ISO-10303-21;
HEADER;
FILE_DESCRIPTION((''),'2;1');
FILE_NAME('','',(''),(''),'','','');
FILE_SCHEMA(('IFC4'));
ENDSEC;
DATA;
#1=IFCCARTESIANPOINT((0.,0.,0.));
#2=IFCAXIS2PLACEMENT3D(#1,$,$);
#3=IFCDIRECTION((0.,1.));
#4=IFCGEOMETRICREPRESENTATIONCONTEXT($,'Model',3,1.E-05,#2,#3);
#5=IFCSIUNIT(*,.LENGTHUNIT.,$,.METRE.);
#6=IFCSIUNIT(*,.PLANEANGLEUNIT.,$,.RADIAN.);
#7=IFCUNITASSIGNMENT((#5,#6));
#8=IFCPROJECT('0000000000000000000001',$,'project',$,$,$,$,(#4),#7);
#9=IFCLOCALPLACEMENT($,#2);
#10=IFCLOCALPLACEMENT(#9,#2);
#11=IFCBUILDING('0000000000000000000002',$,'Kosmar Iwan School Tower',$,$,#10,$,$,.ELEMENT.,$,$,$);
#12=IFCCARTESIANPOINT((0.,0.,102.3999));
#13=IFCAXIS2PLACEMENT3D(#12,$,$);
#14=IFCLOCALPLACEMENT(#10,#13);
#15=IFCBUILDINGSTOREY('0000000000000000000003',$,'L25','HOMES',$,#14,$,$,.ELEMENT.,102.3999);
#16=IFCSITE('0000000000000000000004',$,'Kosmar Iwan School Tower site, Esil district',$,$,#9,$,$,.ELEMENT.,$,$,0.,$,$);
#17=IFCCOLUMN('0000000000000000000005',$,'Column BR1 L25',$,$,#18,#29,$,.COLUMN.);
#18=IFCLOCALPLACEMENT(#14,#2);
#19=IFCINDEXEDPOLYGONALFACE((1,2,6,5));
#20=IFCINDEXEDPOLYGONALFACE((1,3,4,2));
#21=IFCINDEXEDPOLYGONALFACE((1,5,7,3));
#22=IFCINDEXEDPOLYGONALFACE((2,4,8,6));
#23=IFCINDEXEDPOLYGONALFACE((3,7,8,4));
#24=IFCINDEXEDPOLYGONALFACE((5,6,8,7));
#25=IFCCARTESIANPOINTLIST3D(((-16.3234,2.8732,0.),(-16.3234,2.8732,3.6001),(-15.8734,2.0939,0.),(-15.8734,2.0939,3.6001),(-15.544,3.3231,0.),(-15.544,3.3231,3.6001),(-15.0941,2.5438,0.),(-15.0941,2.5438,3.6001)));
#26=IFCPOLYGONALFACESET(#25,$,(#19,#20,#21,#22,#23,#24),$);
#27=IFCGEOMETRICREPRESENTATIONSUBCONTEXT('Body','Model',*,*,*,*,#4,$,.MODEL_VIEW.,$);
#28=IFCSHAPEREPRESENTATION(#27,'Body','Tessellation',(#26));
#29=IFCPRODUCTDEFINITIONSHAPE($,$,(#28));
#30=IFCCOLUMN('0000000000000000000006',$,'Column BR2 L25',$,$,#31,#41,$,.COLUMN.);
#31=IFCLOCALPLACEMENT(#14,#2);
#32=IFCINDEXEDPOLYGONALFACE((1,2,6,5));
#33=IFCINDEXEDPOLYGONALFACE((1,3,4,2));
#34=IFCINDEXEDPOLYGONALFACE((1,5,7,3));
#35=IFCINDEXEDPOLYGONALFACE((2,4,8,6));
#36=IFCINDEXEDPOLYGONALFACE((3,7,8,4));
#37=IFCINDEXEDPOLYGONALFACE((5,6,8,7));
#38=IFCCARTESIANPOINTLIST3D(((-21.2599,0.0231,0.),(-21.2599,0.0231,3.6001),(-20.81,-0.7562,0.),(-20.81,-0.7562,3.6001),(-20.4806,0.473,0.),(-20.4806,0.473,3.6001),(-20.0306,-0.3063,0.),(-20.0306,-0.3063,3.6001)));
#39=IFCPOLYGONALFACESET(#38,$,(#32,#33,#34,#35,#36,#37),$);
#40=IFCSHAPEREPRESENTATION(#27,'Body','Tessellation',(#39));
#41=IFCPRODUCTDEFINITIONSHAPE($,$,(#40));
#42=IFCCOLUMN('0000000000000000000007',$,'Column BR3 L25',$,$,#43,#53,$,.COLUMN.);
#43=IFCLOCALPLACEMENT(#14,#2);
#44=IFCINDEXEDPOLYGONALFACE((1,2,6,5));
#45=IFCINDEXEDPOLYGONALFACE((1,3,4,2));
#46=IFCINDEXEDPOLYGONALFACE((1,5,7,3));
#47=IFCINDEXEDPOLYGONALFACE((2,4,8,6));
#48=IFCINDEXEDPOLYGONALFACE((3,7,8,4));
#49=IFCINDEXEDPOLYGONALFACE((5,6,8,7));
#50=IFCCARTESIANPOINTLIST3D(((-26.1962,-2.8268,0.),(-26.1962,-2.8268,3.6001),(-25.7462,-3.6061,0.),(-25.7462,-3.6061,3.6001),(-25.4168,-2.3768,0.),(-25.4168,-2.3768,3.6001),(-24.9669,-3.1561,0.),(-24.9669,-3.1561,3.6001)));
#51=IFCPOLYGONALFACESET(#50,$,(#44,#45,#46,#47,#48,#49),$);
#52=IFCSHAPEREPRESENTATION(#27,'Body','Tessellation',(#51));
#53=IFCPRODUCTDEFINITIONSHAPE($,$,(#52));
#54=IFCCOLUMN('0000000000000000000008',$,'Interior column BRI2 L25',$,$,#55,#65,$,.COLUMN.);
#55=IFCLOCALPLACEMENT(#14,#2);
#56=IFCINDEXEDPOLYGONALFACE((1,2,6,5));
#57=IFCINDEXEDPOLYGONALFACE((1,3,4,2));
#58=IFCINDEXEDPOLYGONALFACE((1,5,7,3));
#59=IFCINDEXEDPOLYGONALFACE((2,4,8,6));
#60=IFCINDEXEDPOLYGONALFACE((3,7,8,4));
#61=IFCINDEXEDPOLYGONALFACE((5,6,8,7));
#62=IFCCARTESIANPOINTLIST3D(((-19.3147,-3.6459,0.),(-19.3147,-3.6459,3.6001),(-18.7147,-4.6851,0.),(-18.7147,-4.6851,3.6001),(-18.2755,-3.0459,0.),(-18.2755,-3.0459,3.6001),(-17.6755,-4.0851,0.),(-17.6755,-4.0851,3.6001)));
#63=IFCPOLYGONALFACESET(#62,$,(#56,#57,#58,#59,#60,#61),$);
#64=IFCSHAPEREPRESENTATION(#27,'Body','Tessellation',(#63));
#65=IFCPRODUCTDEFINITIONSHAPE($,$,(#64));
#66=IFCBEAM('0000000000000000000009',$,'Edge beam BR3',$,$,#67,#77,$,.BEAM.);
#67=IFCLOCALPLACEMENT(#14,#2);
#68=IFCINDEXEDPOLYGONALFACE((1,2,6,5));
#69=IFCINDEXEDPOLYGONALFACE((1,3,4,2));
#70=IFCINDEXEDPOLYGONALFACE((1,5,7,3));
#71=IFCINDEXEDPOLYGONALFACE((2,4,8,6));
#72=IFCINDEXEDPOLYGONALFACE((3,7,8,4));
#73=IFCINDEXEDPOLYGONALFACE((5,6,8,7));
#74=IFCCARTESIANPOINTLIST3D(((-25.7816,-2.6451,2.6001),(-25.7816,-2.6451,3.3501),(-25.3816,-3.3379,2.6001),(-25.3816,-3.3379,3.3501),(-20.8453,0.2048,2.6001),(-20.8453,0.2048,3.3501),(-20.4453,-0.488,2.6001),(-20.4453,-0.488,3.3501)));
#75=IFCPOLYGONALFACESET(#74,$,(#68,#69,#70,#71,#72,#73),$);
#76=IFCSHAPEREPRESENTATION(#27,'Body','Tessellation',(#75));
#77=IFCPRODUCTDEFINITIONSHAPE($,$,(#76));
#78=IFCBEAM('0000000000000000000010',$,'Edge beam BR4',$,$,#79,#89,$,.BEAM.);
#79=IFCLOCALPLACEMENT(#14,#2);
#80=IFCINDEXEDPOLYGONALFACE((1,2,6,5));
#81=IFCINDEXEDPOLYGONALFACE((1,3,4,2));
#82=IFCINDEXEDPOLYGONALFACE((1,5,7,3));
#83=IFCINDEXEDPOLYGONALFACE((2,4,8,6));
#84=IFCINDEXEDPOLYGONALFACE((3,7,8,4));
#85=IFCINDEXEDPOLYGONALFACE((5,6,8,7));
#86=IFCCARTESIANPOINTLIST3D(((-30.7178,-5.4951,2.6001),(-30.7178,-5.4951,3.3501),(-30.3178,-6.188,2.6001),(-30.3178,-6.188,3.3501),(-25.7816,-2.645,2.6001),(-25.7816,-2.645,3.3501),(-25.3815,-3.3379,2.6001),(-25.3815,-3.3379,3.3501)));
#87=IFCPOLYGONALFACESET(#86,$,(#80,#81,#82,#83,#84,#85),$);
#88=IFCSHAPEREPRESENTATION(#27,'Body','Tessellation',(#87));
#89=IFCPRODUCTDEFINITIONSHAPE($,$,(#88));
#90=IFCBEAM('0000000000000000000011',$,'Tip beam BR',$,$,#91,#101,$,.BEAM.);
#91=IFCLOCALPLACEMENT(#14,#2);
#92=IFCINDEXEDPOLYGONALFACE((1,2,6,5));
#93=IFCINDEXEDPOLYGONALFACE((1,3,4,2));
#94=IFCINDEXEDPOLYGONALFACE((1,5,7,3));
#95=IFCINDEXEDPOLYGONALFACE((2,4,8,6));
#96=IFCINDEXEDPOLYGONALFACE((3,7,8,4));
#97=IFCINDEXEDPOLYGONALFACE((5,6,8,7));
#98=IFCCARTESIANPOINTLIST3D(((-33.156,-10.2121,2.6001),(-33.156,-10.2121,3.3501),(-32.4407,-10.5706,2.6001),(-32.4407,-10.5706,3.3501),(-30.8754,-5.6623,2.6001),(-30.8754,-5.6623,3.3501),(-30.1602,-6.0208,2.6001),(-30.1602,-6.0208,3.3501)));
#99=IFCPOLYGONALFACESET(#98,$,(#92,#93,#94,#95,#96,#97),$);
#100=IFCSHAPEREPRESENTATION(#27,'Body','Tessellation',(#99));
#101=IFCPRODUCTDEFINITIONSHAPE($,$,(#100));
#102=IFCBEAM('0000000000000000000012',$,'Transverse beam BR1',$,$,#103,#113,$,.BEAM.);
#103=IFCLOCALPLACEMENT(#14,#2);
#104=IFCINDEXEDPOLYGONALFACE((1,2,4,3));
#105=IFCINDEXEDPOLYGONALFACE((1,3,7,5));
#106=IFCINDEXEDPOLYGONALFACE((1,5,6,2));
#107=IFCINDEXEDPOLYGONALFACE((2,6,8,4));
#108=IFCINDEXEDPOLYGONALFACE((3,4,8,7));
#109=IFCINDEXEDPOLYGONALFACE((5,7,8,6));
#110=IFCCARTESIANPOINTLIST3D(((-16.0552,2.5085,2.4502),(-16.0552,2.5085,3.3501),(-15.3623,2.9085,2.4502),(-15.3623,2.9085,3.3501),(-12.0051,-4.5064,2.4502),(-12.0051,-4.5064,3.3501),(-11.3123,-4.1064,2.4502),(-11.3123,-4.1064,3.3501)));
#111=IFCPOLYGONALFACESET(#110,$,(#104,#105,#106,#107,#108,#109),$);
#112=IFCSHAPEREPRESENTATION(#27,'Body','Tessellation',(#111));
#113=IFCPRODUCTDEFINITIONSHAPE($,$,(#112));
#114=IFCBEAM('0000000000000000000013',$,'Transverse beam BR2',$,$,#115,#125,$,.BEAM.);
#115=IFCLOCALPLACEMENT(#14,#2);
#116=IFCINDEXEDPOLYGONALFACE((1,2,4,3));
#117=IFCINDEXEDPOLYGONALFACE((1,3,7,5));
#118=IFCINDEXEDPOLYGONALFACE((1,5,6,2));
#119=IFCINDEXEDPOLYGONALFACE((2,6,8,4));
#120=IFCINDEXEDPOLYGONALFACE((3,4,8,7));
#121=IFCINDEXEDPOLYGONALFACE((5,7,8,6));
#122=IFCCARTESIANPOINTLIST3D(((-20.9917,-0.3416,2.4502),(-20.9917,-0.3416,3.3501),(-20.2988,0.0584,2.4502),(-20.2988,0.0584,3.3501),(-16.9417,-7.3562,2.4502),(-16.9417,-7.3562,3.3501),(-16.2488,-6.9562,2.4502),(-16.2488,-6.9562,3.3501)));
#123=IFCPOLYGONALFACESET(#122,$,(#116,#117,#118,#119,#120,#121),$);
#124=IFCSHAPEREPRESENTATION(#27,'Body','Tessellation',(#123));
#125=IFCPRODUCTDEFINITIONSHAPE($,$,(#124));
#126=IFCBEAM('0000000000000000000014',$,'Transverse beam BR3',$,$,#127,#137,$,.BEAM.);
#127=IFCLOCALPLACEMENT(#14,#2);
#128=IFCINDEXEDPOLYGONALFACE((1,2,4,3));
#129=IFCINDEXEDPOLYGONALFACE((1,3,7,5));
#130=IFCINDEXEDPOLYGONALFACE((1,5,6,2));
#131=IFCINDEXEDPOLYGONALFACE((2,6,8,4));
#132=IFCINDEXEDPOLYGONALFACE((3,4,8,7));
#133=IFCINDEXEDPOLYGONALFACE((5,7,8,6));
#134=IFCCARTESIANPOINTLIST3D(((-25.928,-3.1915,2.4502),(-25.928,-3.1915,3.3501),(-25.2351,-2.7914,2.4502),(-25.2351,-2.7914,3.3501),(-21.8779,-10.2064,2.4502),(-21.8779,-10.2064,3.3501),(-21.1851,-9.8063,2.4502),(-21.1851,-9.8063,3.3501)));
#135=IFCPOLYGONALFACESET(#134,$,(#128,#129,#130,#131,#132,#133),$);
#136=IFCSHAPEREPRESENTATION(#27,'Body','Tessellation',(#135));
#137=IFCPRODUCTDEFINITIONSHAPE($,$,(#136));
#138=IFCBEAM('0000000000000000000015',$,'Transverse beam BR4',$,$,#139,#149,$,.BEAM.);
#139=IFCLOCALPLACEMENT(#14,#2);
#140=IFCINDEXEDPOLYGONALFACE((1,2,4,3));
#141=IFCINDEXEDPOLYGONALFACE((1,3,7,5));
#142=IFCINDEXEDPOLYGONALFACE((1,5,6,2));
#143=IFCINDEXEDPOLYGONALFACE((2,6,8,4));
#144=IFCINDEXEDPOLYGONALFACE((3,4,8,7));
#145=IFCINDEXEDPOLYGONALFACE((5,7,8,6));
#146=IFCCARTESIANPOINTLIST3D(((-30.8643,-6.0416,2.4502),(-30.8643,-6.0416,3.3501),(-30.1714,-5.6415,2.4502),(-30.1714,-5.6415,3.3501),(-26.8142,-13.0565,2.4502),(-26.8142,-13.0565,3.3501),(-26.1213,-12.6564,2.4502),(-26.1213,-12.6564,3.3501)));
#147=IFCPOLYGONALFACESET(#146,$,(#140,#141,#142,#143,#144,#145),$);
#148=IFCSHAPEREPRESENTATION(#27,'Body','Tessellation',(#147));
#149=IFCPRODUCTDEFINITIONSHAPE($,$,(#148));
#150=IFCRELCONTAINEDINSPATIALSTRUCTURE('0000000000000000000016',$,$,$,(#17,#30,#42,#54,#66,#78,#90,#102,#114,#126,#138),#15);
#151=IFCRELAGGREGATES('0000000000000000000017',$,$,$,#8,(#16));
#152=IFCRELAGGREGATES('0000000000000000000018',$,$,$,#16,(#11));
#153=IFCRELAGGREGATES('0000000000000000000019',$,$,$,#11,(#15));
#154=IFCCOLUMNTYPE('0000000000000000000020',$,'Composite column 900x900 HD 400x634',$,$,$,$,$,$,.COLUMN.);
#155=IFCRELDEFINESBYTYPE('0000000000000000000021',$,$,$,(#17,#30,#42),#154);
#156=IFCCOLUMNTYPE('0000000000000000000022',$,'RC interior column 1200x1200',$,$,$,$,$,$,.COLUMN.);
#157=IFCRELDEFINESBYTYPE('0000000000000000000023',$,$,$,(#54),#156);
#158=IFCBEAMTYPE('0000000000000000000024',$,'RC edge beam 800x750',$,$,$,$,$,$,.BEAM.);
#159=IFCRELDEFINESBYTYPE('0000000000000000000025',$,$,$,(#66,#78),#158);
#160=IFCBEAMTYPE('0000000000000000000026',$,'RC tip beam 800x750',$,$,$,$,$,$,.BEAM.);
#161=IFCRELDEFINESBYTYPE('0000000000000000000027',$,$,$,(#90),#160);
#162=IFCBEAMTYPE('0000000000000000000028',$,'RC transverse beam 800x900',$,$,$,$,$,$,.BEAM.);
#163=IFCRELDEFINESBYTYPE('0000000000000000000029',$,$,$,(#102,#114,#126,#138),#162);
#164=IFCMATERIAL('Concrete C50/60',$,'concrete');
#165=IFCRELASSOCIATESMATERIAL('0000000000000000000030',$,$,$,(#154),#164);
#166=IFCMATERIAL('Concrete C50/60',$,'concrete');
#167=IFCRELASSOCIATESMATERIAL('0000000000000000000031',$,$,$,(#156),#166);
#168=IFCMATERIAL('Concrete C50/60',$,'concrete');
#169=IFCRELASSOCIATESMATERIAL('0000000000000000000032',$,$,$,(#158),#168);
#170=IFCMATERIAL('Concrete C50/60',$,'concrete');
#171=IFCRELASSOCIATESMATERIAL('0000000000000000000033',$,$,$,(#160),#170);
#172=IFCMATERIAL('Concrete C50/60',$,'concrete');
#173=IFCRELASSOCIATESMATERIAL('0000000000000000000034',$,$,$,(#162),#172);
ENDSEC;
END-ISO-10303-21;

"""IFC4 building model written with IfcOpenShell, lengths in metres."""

from ifc_helpers import new_model, si_unit, direction, frame, origin, origin_2d, place, context, subcontext, project, spatial, rectangle, extrude, material, material_profile, profile_set, type_object, element, save


model = new_model("IFC4")

# Units and contexts
model_context = context("Model", 3, precision=1e-05, world=origin(), true_north=direction((0.0, 1.0)))
body_context = subcontext(model_context, "Body", "Model", "MODEL_VIEW")
ifc_project = project(units=[si_unit("LENGTHUNIT", "METRE"), si_unit("PLANEANGLEUNIT", "RADIAN")], contexts=[model_context])

# Site, building, storey
site_placement = place(None, origin())
site = spatial("IfcSite", under=ifc_project, at=site_placement, Name="Kosmar Iwan School Tower site, Esil district", CompositionType="ELEMENT", RefElevation=0.0)
building_placement = place(site_placement, origin())
building = spatial("IfcBuilding", under=site, at=building_placement, Name="Kosmar Iwan School Tower", CompositionType="ELEMENT")
storey_placement = place(building_placement, frame((0.0, 0.0, 102.3999)))
storey = spatial("IfcBuildingStorey", under=building, at=storey_placement, Name="L25", Description="HOMES", CompositionType="ELEMENT", Elevation=102.3999)

# Columns
ifc_material_1 = material(Name="Concrete C50/60", Category="concrete")
ifc_material_profile_1 = material_profile(ifc_material_1, rectangle(XDim=0.8999, YDim=0.8999, at=origin_2d()), Name="RC 900x900 + HD 400x634")
ifc_profile_set_1 = profile_set([ifc_material_profile_1], Name="Concrete C50/60")
column_type_1 = type_object("IfcColumnType", Name="Composite column 900x900 HD 400x634", PredefinedType="COLUMN", material=ifc_profile_set_1)
for number, where, z_axis, x_axis, name in (
    (1, (-15.7087, 2.7085, 0.0), (0.0, 0.0, 1.0), (-0.866025, -0.5, 0.0), "Column BR1 L25"),
    (2, (-20.6453, -0.1416, 0.0), (0.0, 0.0, 1.0), (-0.866025, -0.5, 0.0), "Column BR2 L25"),
    (3, (-25.5815, -2.9915, 0.0), (0.0, 0.0, 1.0), (-0.866025, -0.5, 0.0), "Column BR3 L25"),
):
    element("IfcColumn", number, at=place(storey_placement, frame(where, z_axis=z_axis, x_axis=x_axis)), inside=storey, type_object=column_type_1, Name=name, PredefinedType="COLUMN", context=body_context, shape_type="SweptSolid", body=[
        extrude(rectangle(XDim=0.8999, YDim=0.8999, at=origin_2d()), origin(), (0.0, 0.0, 1.0), 3.6001),
    ])
ifc_material_2 = material(Name="Concrete C50/60", Category="concrete")
ifc_material_profile_2 = material_profile(ifc_material_2, rectangle(XDim=1.2, YDim=1.2, at=origin_2d()), Name="RC 1200x1200")
ifc_profile_set_2 = profile_set([ifc_material_profile_2], Name="Concrete C50/60")
column_type_2 = type_object("IfcColumnType", Name="RC interior column 1200x1200", PredefinedType="COLUMN", material=ifc_profile_set_2)
column_placement = place(storey_placement, frame((-18.4951, -3.8655, 0.0), z_axis=(0.0, 0.0, 1.0), x_axis=(-0.866025, -0.5, 0.0)))
element("IfcColumn", 4, at=column_placement, inside=storey, type_object=column_type_2, Name="Interior column BRI2 L25", PredefinedType="COLUMN", context=body_context, shape_type="SweptSolid", body=[
    extrude(rectangle(XDim=1.2, YDim=1.2, at=origin_2d()), origin(), (0.0, 0.0, 1.0), 3.6001),
])

# Beams
ifc_material_3 = material(Name="Concrete C50/60", Category="concrete")
ifc_material_profile_3 = material_profile(ifc_material_3, rectangle(XDim=0.8, YDim=0.75, at=origin_2d()), Name="RC 800x750")
ifc_profile_set_3 = profile_set([ifc_material_profile_3], Name="Concrete C50/60")
beam_type_1 = type_object("IfcBeamType", Name="RC edge beam 800x750", PredefinedType="BEAM", material=ifc_profile_set_3)
for number, where, z_axis, x_axis, name in (
    (5, (-20.6453, -0.1416, 2.9751), (-0.866034, -0.499986, 0.0), (0.499986, -0.866034, 0.0), "Edge beam BR3"),
    (6, (-25.5815, -2.9915, 2.9751), (-0.866015, -0.500018, 0.0), (0.500018, -0.866015, 0.0), "Edge beam BR4"),
):
    element("IfcBeam", number, at=place(storey_placement, frame(where, z_axis=z_axis, x_axis=x_axis)), inside=storey, type_object=beam_type_1, Name=name, PredefinedType="BEAM", context=body_context, shape_type="SweptSolid", body=[
        extrude(rectangle(XDim=0.8, YDim=0.75, at=origin_2d()), origin(), (0.0, 0.0, 1.0), 5.7),
    ])
ifc_material_4 = material(Name="Concrete C50/60", Category="concrete")
ifc_material_profile_4 = material_profile(ifc_material_4, rectangle(XDim=0.8, YDim=0.75, at=origin_2d()), Name="RC 800x750")
ifc_profile_set_4 = profile_set([ifc_material_profile_4], Name="Concrete C50/60")
beam_type_2 = type_object("IfcBeamType", Name="RC tip beam 800x750", PredefinedType="BEAM", material=ifc_profile_set_4)
beam_1_placement = place(storey_placement, frame((-30.5178, -5.8416, 2.9751), z_axis=(-0.448096, -0.893985, 0.0), x_axis=(0.893985, -0.448096, 0.0)))
element("IfcBeam", 7, at=beam_1_placement, inside=storey, type_object=beam_type_2, Name="Tip beam BR", PredefinedType="BEAM", context=body_context, shape_type="SweptSolid", body=[
    extrude(rectangle(XDim=0.8, YDim=0.75, at=origin_2d()), origin(), (0.0, 0.0, 1.0), 5.0894),
])
ifc_material_5 = material(Name="Concrete C50/60", Category="concrete")
ifc_material_profile_5 = material_profile(ifc_material_5, rectangle(XDim=0.8, YDim=0.8999, at=origin_2d()), Name="RC 800x900")
ifc_profile_set_5 = profile_set([ifc_material_profile_5], Name="Concrete C50/60")
beam_type_3 = type_object("IfcBeamType", Name="RC transverse beam 800x900", PredefinedType="BEAM", material=ifc_profile_set_5)
beam_2_placement = place(storey_placement, frame((-15.7087, 2.7085, 2.9001), z_axis=(0.5, -0.866025, 0.0), x_axis=(0.866025, 0.5, 0.0)))
element("IfcBeam", 8, at=beam_2_placement, inside=storey, type_object=beam_type_3, Name="Transverse beam BR1", PredefinedType="BEAM", context=body_context, shape_type="SweptSolid", body=[
    extrude(rectangle(XDim=0.8, YDim=0.8999, at=origin_2d()), origin(), (0.0, 0.0, 1.0), 8.1001),
])
beam_3_placement = place(storey_placement, frame((-20.6453, -0.1416, 2.9001), z_axis=(0.500013, -0.866018, 0.0), x_axis=(0.866018, 0.500013, 0.0)))
element("IfcBeam", 9, at=beam_3_placement, inside=storey, type_object=beam_type_3, Name="Transverse beam BR2", PredefinedType="BEAM", context=body_context, shape_type="SweptSolid", body=[
    extrude(rectangle(XDim=0.8, YDim=0.8999, at=origin_2d()), origin(), (0.0, 0.0, 1.0), 8.0999),
])
for number, where, z_axis, x_axis, name in (
    (10, (-25.5815, -2.9915, 2.9001), (0.5, -0.866025, 0.0), (0.866025, 0.5, 0.0), "Transverse beam BR3"),
    (11, (-30.5178, -5.8416, 2.9001), (0.5, -0.866025, 0.0), (0.866025, 0.5, 0.0), "Transverse beam BR4"),
):
    element("IfcBeam", number, at=place(storey_placement, frame(where, z_axis=z_axis, x_axis=x_axis)), inside=storey, type_object=beam_type_3, Name=name, PredefinedType="BEAM", context=body_context, shape_type="SweptSolid", body=[
        extrude(rectangle(XDim=0.8, YDim=0.8999, at=origin_2d()), origin(), (0.0, 0.0, 1.0), 8.1001),
    ])

save(model, "model.ifc")
